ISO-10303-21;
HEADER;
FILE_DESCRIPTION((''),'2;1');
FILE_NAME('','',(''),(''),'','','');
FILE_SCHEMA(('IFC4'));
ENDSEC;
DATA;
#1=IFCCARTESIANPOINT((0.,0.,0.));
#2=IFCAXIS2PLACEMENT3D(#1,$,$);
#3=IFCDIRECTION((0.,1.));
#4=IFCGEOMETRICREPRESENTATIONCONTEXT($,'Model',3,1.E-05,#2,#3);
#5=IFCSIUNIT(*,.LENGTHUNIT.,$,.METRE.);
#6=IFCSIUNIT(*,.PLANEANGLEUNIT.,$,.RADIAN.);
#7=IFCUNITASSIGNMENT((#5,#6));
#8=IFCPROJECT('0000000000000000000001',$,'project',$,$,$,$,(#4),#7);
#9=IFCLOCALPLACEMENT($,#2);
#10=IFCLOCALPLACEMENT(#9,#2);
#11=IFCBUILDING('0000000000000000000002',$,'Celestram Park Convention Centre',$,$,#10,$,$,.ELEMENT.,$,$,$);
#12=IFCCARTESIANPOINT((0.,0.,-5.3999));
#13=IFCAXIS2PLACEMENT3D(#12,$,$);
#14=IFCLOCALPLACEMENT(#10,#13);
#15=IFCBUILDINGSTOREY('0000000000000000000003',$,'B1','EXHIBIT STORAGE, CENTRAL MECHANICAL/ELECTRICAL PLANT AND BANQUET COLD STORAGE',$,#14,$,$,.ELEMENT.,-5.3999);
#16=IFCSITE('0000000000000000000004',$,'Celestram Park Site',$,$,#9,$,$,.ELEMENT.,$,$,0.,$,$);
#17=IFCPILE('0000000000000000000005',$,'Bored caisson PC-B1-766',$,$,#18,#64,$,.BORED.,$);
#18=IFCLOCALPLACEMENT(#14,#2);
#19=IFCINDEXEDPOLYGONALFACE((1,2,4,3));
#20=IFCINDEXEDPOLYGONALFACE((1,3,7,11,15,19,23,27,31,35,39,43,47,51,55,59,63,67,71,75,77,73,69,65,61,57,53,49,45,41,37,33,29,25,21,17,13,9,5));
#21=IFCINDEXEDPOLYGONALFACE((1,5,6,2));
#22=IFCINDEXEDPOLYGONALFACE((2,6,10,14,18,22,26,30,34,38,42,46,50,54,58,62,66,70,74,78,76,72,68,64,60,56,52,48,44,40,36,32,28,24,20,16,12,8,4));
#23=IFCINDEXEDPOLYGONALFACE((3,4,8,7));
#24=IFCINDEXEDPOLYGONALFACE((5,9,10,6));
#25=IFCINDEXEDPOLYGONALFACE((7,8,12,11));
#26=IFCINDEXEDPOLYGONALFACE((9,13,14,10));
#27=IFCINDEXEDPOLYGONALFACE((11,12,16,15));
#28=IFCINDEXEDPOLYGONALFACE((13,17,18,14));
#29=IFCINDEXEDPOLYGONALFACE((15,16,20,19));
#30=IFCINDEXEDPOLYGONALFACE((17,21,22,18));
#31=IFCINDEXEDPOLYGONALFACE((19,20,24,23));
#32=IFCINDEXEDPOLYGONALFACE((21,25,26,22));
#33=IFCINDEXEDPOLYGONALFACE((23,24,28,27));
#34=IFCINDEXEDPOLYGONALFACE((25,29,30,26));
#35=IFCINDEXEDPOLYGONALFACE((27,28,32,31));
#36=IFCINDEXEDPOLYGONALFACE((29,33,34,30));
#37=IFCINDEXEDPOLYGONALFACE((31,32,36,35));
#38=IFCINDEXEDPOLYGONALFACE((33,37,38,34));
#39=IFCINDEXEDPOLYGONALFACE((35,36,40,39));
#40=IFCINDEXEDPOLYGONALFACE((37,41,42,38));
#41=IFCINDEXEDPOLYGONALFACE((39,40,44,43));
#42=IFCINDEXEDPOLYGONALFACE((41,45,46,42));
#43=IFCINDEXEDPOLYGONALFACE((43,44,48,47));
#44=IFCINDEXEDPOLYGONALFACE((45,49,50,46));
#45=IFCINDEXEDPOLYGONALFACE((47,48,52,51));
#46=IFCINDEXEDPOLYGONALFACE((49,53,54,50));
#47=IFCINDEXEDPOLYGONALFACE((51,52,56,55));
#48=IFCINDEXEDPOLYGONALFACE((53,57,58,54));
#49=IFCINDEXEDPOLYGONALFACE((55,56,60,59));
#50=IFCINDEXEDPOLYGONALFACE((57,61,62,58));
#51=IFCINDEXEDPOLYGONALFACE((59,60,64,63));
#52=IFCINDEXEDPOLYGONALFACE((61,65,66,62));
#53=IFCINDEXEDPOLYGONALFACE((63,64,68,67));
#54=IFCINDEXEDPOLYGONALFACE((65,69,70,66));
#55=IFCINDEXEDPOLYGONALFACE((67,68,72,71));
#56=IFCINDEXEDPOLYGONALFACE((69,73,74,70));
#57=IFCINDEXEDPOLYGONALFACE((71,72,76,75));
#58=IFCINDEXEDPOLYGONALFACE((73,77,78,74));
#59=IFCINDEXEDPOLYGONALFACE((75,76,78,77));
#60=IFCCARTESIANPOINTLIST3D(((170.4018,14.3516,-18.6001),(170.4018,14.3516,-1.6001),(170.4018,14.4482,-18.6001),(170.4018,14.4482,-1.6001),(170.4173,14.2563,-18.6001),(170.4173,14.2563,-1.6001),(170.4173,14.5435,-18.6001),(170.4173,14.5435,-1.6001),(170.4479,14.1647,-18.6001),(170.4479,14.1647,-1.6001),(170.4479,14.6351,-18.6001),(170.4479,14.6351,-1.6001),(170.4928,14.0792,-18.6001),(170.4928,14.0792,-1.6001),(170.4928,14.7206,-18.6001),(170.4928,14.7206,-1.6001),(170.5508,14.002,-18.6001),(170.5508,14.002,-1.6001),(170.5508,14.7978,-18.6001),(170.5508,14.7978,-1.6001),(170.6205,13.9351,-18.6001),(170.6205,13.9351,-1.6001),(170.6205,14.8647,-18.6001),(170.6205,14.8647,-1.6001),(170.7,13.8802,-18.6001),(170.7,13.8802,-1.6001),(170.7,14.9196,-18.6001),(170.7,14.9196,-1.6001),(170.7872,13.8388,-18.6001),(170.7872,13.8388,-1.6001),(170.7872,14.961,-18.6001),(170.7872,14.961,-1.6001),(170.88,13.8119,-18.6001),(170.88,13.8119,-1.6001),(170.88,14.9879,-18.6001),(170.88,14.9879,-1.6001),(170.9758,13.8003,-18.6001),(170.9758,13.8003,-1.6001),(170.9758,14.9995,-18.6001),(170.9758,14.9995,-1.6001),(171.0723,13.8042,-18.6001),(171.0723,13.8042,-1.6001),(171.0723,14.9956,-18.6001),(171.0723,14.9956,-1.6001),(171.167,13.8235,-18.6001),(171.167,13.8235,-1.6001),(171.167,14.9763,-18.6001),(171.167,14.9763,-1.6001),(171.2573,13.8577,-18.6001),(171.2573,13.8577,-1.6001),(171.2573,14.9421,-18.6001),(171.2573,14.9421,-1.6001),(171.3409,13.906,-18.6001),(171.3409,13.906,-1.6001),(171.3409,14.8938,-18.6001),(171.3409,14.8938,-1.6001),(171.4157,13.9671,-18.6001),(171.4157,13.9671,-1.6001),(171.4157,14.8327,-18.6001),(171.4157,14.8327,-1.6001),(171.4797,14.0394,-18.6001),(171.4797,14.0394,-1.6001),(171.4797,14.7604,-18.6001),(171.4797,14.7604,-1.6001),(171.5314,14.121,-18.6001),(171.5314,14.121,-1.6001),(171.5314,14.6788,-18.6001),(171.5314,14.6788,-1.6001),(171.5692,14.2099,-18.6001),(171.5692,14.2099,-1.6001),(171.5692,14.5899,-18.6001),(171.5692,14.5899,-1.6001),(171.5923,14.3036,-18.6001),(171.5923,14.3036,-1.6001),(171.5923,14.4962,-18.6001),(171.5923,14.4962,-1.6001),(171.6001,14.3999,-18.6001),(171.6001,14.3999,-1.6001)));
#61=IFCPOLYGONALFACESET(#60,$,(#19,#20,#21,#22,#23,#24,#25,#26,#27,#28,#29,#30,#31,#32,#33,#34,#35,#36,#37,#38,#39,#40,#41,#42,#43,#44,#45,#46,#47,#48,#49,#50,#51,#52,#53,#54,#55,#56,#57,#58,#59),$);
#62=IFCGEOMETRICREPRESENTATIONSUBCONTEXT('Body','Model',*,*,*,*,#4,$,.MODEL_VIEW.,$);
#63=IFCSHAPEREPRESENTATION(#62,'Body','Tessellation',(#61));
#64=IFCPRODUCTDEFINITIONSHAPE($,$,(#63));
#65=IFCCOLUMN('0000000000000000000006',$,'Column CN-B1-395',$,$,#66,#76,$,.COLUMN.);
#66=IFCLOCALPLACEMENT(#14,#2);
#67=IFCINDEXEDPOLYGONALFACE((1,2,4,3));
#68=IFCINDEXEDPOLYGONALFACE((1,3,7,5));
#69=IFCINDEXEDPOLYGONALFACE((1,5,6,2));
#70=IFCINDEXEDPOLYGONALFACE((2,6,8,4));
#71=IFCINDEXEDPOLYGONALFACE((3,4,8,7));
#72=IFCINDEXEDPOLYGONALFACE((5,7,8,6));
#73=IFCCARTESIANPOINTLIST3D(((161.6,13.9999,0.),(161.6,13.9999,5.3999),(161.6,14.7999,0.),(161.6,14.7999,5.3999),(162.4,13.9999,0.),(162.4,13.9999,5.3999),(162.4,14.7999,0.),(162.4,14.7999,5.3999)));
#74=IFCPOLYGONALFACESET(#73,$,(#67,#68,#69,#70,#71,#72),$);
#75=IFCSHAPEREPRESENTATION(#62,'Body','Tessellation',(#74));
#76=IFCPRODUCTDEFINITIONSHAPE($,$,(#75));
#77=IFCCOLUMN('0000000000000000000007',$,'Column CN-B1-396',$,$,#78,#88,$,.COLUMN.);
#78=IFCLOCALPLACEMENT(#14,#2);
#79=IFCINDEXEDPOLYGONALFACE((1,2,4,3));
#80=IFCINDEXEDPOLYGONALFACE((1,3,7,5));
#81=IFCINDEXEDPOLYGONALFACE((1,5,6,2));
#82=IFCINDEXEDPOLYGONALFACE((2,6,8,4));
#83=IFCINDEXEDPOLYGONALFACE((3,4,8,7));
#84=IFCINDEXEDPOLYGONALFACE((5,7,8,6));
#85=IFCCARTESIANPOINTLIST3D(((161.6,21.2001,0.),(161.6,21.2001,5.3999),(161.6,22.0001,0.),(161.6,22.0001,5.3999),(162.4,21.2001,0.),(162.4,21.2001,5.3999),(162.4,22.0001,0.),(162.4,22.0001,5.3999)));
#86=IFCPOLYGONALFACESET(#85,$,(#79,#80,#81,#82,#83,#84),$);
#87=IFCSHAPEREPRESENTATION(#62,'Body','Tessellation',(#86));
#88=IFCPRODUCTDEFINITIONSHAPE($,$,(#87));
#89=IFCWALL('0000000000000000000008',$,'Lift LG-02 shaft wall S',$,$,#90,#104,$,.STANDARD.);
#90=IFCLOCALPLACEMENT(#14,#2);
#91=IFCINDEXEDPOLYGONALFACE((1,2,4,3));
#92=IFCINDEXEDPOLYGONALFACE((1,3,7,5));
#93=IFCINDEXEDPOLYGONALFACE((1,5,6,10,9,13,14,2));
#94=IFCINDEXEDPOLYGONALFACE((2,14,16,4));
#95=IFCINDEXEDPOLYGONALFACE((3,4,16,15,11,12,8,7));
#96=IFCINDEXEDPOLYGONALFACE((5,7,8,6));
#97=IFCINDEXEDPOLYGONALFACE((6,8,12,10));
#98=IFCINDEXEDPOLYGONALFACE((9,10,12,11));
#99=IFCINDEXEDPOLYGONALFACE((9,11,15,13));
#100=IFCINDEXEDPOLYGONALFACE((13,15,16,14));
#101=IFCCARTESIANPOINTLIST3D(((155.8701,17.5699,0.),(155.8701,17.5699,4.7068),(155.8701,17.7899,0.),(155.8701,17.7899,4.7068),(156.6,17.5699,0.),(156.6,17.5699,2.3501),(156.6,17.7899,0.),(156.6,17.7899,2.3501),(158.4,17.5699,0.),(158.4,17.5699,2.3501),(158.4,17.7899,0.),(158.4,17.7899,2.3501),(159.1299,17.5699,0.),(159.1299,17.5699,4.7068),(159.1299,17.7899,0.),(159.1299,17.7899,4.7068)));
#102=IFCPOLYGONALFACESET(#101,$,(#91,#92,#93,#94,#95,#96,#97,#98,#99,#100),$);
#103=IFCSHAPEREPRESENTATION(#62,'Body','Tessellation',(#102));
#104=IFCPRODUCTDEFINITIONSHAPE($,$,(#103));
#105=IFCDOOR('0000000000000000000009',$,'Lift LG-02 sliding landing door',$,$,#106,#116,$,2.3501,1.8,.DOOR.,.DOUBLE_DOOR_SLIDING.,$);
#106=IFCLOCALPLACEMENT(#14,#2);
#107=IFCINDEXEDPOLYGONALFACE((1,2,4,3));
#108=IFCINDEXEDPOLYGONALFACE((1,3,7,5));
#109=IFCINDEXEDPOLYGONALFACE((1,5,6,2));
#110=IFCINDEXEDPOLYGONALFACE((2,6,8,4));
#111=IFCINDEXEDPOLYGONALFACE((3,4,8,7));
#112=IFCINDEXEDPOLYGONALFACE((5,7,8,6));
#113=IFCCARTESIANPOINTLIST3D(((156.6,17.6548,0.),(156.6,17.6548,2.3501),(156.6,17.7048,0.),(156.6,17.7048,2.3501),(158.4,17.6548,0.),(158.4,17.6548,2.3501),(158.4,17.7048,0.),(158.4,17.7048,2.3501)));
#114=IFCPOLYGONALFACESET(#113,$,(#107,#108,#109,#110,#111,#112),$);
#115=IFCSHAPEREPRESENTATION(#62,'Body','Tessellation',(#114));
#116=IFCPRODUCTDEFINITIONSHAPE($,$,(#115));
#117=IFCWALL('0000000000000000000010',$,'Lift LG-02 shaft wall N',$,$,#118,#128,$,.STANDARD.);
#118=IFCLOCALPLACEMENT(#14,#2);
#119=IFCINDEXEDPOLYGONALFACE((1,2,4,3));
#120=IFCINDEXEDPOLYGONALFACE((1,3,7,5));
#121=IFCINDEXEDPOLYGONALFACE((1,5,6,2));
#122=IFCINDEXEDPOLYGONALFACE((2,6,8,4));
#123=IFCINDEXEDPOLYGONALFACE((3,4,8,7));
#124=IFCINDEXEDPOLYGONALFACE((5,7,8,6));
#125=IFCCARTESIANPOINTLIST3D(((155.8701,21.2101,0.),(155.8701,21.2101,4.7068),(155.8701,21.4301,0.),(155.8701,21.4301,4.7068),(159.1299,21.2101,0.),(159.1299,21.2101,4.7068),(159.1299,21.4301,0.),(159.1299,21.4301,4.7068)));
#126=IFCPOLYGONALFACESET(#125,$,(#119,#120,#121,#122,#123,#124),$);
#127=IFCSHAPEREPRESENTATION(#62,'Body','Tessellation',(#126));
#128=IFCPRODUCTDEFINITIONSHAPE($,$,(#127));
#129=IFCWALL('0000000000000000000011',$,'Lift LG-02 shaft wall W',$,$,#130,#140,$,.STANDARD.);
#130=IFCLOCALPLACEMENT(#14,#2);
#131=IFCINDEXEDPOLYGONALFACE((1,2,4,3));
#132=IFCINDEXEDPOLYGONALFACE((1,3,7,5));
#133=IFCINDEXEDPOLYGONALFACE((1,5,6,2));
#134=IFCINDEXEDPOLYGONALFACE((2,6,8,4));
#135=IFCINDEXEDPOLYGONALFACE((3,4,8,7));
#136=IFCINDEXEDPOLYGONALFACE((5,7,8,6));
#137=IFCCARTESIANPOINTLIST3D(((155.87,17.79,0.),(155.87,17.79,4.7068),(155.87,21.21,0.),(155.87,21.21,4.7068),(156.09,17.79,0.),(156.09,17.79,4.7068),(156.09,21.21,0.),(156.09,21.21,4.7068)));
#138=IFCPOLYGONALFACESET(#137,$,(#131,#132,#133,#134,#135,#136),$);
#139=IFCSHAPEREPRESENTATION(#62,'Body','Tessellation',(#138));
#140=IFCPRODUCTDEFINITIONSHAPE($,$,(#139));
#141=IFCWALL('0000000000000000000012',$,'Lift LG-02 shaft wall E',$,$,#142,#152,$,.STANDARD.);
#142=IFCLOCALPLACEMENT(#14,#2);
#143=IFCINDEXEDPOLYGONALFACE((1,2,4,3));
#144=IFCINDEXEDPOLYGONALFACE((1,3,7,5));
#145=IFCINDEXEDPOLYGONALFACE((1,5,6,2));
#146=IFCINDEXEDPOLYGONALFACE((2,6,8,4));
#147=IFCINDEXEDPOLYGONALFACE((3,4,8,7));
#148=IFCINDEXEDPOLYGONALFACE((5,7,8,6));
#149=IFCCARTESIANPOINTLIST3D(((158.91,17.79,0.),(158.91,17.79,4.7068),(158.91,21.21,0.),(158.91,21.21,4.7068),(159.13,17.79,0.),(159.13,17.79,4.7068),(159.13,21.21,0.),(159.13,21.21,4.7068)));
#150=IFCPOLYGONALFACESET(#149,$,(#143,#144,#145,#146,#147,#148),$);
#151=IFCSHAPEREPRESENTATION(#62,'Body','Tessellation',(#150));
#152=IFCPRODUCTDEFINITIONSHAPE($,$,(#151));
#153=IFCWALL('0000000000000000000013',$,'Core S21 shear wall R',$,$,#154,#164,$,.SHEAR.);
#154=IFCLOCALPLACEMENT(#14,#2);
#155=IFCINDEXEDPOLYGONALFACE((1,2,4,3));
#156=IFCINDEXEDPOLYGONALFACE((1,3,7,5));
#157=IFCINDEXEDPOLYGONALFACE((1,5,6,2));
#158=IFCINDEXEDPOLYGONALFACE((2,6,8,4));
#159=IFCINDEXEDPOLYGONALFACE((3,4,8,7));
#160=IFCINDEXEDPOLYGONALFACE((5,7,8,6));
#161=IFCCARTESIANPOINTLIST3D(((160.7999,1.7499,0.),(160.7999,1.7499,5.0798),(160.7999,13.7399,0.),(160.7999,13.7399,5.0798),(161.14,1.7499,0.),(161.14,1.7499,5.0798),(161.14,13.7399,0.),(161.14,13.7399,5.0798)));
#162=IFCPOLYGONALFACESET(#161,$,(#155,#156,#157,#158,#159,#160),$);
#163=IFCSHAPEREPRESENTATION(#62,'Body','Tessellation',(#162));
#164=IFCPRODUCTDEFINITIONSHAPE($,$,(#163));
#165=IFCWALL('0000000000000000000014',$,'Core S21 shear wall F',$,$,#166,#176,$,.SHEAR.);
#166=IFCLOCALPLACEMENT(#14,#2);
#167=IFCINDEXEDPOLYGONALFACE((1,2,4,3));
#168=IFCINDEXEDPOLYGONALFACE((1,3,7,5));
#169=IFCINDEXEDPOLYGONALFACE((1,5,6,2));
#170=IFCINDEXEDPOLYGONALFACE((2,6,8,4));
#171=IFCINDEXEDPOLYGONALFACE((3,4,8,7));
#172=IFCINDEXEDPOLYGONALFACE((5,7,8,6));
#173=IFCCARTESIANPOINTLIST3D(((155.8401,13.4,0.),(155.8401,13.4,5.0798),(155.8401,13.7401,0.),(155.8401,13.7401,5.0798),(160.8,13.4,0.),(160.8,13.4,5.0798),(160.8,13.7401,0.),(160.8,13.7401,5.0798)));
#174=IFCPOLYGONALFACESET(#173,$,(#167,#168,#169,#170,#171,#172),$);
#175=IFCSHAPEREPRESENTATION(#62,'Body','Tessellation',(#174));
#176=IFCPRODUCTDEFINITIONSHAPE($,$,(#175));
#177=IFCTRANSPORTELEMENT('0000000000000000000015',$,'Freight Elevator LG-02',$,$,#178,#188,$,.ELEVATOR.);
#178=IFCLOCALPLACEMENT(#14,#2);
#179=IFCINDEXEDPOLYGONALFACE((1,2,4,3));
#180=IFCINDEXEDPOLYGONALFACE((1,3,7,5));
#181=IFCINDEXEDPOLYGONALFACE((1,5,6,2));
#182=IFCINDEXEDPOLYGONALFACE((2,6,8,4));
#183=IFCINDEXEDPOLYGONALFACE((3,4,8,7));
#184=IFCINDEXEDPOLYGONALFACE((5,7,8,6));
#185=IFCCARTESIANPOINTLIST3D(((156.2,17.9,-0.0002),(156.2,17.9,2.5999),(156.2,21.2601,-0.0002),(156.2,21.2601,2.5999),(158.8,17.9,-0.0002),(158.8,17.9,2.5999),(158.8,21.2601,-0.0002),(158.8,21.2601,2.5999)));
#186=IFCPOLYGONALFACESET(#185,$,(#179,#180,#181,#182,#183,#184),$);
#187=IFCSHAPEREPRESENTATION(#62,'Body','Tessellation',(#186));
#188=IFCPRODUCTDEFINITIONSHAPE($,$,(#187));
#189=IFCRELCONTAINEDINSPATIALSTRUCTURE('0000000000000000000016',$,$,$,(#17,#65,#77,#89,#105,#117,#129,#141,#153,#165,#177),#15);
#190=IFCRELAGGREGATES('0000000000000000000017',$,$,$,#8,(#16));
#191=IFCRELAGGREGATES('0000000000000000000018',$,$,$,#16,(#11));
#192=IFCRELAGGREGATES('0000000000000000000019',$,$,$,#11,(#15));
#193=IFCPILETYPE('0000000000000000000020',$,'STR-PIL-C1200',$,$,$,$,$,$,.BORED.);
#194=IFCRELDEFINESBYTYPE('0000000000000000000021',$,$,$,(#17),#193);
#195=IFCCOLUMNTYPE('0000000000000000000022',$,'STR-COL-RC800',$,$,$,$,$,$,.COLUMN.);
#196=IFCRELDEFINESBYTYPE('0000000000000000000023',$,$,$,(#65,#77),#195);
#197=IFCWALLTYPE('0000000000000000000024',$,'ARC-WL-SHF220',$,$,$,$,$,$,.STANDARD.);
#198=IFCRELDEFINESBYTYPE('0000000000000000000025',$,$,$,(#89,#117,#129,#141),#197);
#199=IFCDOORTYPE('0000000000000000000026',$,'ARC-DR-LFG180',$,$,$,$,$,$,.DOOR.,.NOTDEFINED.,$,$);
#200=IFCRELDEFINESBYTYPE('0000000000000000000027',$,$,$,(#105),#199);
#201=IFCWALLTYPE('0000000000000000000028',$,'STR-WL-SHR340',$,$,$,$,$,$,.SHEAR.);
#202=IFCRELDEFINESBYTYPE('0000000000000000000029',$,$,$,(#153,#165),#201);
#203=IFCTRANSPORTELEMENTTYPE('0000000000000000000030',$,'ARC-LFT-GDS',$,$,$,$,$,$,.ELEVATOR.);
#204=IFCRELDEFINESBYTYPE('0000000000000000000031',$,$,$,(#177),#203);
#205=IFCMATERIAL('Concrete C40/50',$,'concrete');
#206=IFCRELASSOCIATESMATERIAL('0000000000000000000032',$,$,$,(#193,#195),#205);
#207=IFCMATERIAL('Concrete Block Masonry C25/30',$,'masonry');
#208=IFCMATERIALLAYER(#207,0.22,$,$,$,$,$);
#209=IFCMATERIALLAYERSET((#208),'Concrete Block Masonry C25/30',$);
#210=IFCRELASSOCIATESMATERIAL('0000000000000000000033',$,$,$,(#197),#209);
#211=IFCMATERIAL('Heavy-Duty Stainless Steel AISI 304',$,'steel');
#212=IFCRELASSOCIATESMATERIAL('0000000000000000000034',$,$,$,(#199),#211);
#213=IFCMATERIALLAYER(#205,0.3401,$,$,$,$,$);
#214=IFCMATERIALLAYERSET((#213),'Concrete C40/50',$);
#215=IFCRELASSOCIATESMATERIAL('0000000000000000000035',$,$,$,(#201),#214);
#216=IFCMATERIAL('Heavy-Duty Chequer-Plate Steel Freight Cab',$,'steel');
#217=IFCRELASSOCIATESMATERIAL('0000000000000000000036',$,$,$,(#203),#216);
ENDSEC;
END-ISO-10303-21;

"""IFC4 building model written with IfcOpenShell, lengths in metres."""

from ifc_helpers import new_model, si_unit, direction, frame, frame_2d, origin, origin_2d, place, context, subcontext, project, spatial, rectangle, circle, extrude, material, layer, layer_set, material_profile, profile_set, type_object, element, fill, save


model = new_model("IFC4")

# Units and contexts
model_context = context("Model", 3, precision=1e-05, world=origin(), true_north=direction((0.0, 1.0)))
body_context = subcontext(model_context, "Body", "Model", "MODEL_VIEW")
ifc_project = project(units=[si_unit("LENGTHUNIT", "METRE"), si_unit("PLANEANGLEUNIT", "RADIAN")], contexts=[model_context])

# Site, building, storey
site_placement = place(None, origin())
site = spatial("IfcSite", under=ifc_project, at=site_placement, Name="Celestram Park Site", CompositionType="ELEMENT", RefElevation=0.0)
building_placement = place(site_placement, origin())
building = spatial("IfcBuilding", under=site, at=building_placement, Name="Celestram Park Convention Centre", CompositionType="ELEMENT")
storey_placement = place(building_placement, frame((0.0, 0.0, -5.3999)))
storey = spatial("IfcBuildingStorey", under=building, at=storey_placement, Name="B1", Description="EXHIBIT STORAGE, CENTRAL MECHANICAL/ELECTRICAL PLANT AND BANQUET COLD STORAGE", CompositionType="ELEMENT", Elevation=-5.3999)

# Shared definitions
ifc_material_1 = material(Name="Concrete C40/50", Category="concrete")

# Pile
ifc_material_profile_1 = material_profile(ifc_material_1, circle(Radius=0.6001, at=origin_2d()), Name="CAISSON1200")
ifc_profile_set_1 = profile_set([ifc_material_profile_1], Name="Concrete C40/50")
pile_type = type_object("IfcPileType", Name="STR-PIL-C1200", PredefinedType="BORED", material=ifc_profile_set_1)
pile_placement = place(storey_placement, frame((171.0, 14.3999, -1.6001), z_axis=(0.0, 0.0, -1.0), x_axis=(1.0, 0.0, 0.0)))
element("IfcPile", 1, at=pile_placement, inside=storey, type_object=pile_type, Name="Bored caisson PC-B1-766", PredefinedType="BORED", context=body_context, shape_type="SweptSolid", body=[
    extrude(circle(Radius=0.6001, at=origin_2d()), origin(), (0.0, 0.0, 1.0), 17.0),
])

# Columns
ifc_material_profile_2 = material_profile(ifc_material_1, rectangle(XDim=0.8, YDim=0.8, at=origin_2d()), Name="RC800X800")
ifc_profile_set_2 = profile_set([ifc_material_profile_2], Name="Concrete C40/50")
column_type = type_object("IfcColumnType", Name="STR-COL-RC800", PredefinedType="COLUMN", material=ifc_profile_set_2)
for number, where, z_axis, x_axis, name in (
    (2, (162.0, 14.3999, 0.0), (0.0, 0.0, 1.0), (1.0, 0.0, 0.0), "Column CN-B1-395"),
    (3, (162.0, 21.6001, 0.0), (0.0, 0.0, 1.0), (1.0, 0.0, 0.0), "Column CN-B1-396"),
):
    element("IfcColumn", number, at=place(storey_placement, frame(where, z_axis=z_axis, x_axis=x_axis)), inside=storey, type_object=column_type, Name=name, PredefinedType="COLUMN", context=body_context, shape_type="SweptSolid", body=[
        extrude(rectangle(XDim=0.8, YDim=0.8, at=origin_2d()), origin(), (0.0, 0.0, 1.0), 5.3999),
    ])

# Wall, opening, door
ifc_material_2 = material(Name="Concrete Block Masonry C25/30", Category="masonry")
ifc_layer_1 = layer(ifc_material_2, 0.22)
ifc_layer_set_1 = layer_set([ifc_layer_1], Name="Concrete Block Masonry C25/30")
wall_type_1 = type_object("IfcWallType", Name="ARC-WL-SHF220", PredefinedType="STANDARD", material=ifc_layer_set_1)
wall_1_placement = place(storey_placement, frame((155.8701, 17.6799, 0.0), z_axis=(0.0, 0.0, 1.0), x_axis=(1.0, 0.0, 0.0)))
wall_1 = element("IfcWall", 4, at=wall_1_placement, inside=storey, type_object=wall_type_1, Name="Lift LG-02 shaft wall S", PredefinedType="STANDARD", context=body_context, shape_type="SweptSolid", body=[
    extrude(rectangle(XDim=3.2598, YDim=0.22, at=frame_2d((1.6299, 0.0))), origin(), (0.0, 0.0, 1.0), 4.7068),
])
opening_placement = place(wall_1_placement, frame((0.73, 0.0, 0.0)))
opening = element("IfcOpeningElement", 5, at=opening_placement, cuts=wall_1, PredefinedType="OPENING", context=body_context, shape_type="SweptSolid", body=[
    extrude(rectangle(XDim=1.8, YDim=2.3501, at=frame_2d((0.8999, 1.175))), frame((0.0, 0.1199, 0.0), z_axis=(0.0, -1.0, 0.0), x_axis=(1.0, 0.0, 0.0)), (0.0, 0.0, 1.0), 0.24),
])
ifc_material_3 = material(Name="Heavy-Duty Stainless Steel AISI 304", Category="steel")
door_type = type_object("IfcDoorType", Name="ARC-DR-LFG180", OperationType="NOTDEFINED", PredefinedType="DOOR", material=ifc_material_3)
door_placement = place(opening_placement, origin())
door = element("IfcDoor", 6, at=door_placement, inside=storey, type_object=door_type, Name="Lift LG-02 sliding landing door", OperationType="DOUBLE_DOOR_SLIDING", OverallHeight=2.3501, OverallWidth=1.8, PredefinedType="DOOR", context=body_context, shape_type="SweptSolid", body=[
    extrude(rectangle(XDim=1.8, YDim=2.3501, at=frame_2d((0.8999, 1.175))), frame((0.0, 0.0249, 0.0), z_axis=(0.0, -1.0, 0.0), x_axis=(1.0, 0.0, 0.0)), (0.0, 0.0, 1.0), 0.05),
])
fill(opening, door)

# Walls
wall_2_placement = place(storey_placement, frame((159.1299, 21.3201, 0.0), z_axis=(0.0, 0.0, 1.0), x_axis=(-1.0, 0.0, 0.0)))
element("IfcWall", 7, at=wall_2_placement, inside=storey, type_object=wall_type_1, Name="Lift LG-02 shaft wall N", PredefinedType="STANDARD", context=body_context, shape_type="SweptSolid", body=[
    extrude(rectangle(XDim=3.2598, YDim=0.22, at=frame_2d((1.6299, 0.0))), origin(), (0.0, 0.0, 1.0), 4.7068),
])
for number, where, z_axis, x_axis, name in (
    (8, (155.98, 21.21, 0.0), (0.0, 0.0, 1.0), (0.0, -1.0, 0.0), "Lift LG-02 shaft wall W"),
    (9, (159.02, 17.79, 0.0), (0.0, 0.0, 1.0), (0.0, 1.0, 0.0), "Lift LG-02 shaft wall E"),
):
    element("IfcWall", number, at=place(storey_placement, frame(where, z_axis=z_axis, x_axis=x_axis)), inside=storey, type_object=wall_type_1, Name=name, PredefinedType="STANDARD", context=body_context, shape_type="SweptSolid", body=[
        extrude(rectangle(XDim=3.4199, YDim=0.22, at=frame_2d((1.71, 0.0))), origin(), (0.0, 0.0, 1.0), 4.7068),
    ])
ifc_layer_2 = layer(ifc_material_1, 0.3401)
ifc_layer_set_2 = layer_set([ifc_layer_2], Name="Concrete C40/50")
wall_type_2 = type_object("IfcWallType", Name="STR-WL-SHR340", PredefinedType="SHEAR", material=ifc_layer_set_2)
wall_3_placement = place(storey_placement, frame((160.97, 13.74, 0.0), z_axis=(0.0, 0.0, 1.0), x_axis=(0.0, -1.0, 0.0)))
element("IfcWall", 10, at=wall_3_placement, inside=storey, type_object=wall_type_2, Name="Core S21 shear wall R", PredefinedType="SHEAR", context=body_context, shape_type="SweptSolid", body=[
    extrude(rectangle(XDim=11.99, YDim=0.3401, at=frame_2d((5.9951, 0.0))), origin(), (0.0, 0.0, 1.0), 5.0798),
])
wall_4_placement = place(storey_placement, frame((155.8401, 13.5701, 0.0), z_axis=(0.0, 0.0, 1.0), x_axis=(1.0, 0.0, 0.0)))
element("IfcWall", 11, at=wall_4_placement, inside=storey, type_object=wall_type_2, Name="Core S21 shear wall F", PredefinedType="SHEAR", context=body_context, shape_type="SweptSolid", body=[
    extrude(rectangle(XDim=4.96, YDim=0.3401, at=frame_2d((2.48, 0.0))), origin(), (0.0, 0.0, 1.0), 5.0798),
])

# Transport element
ifc_material_4 = material(Name="Heavy-Duty Chequer-Plate Steel Freight Cab", Category="steel")
transport_element_type = type_object("IfcTransportElementType", Name="ARC-LFT-GDS", PredefinedType="ELEVATOR", material=ifc_material_4)
transport_element_placement = place(storey_placement, frame((157.5, 19.5801, -0.0002), z_axis=(0.0, 0.0, 1.0), x_axis=(1.0, 0.0, 0.0)))
element("IfcTransportElement", 12, at=transport_element_placement, inside=storey, type_object=transport_element_type, Name="Freight Elevator LG-02", PredefinedType="ELEVATOR", context=body_context, shape_type="SweptSolid", body=[
    extrude(rectangle(XDim=2.6001, YDim=3.3601, at=origin_2d()), origin(), (0.0, 0.0, 1.0), 2.6001),
])

save(model, "model.ifc")
